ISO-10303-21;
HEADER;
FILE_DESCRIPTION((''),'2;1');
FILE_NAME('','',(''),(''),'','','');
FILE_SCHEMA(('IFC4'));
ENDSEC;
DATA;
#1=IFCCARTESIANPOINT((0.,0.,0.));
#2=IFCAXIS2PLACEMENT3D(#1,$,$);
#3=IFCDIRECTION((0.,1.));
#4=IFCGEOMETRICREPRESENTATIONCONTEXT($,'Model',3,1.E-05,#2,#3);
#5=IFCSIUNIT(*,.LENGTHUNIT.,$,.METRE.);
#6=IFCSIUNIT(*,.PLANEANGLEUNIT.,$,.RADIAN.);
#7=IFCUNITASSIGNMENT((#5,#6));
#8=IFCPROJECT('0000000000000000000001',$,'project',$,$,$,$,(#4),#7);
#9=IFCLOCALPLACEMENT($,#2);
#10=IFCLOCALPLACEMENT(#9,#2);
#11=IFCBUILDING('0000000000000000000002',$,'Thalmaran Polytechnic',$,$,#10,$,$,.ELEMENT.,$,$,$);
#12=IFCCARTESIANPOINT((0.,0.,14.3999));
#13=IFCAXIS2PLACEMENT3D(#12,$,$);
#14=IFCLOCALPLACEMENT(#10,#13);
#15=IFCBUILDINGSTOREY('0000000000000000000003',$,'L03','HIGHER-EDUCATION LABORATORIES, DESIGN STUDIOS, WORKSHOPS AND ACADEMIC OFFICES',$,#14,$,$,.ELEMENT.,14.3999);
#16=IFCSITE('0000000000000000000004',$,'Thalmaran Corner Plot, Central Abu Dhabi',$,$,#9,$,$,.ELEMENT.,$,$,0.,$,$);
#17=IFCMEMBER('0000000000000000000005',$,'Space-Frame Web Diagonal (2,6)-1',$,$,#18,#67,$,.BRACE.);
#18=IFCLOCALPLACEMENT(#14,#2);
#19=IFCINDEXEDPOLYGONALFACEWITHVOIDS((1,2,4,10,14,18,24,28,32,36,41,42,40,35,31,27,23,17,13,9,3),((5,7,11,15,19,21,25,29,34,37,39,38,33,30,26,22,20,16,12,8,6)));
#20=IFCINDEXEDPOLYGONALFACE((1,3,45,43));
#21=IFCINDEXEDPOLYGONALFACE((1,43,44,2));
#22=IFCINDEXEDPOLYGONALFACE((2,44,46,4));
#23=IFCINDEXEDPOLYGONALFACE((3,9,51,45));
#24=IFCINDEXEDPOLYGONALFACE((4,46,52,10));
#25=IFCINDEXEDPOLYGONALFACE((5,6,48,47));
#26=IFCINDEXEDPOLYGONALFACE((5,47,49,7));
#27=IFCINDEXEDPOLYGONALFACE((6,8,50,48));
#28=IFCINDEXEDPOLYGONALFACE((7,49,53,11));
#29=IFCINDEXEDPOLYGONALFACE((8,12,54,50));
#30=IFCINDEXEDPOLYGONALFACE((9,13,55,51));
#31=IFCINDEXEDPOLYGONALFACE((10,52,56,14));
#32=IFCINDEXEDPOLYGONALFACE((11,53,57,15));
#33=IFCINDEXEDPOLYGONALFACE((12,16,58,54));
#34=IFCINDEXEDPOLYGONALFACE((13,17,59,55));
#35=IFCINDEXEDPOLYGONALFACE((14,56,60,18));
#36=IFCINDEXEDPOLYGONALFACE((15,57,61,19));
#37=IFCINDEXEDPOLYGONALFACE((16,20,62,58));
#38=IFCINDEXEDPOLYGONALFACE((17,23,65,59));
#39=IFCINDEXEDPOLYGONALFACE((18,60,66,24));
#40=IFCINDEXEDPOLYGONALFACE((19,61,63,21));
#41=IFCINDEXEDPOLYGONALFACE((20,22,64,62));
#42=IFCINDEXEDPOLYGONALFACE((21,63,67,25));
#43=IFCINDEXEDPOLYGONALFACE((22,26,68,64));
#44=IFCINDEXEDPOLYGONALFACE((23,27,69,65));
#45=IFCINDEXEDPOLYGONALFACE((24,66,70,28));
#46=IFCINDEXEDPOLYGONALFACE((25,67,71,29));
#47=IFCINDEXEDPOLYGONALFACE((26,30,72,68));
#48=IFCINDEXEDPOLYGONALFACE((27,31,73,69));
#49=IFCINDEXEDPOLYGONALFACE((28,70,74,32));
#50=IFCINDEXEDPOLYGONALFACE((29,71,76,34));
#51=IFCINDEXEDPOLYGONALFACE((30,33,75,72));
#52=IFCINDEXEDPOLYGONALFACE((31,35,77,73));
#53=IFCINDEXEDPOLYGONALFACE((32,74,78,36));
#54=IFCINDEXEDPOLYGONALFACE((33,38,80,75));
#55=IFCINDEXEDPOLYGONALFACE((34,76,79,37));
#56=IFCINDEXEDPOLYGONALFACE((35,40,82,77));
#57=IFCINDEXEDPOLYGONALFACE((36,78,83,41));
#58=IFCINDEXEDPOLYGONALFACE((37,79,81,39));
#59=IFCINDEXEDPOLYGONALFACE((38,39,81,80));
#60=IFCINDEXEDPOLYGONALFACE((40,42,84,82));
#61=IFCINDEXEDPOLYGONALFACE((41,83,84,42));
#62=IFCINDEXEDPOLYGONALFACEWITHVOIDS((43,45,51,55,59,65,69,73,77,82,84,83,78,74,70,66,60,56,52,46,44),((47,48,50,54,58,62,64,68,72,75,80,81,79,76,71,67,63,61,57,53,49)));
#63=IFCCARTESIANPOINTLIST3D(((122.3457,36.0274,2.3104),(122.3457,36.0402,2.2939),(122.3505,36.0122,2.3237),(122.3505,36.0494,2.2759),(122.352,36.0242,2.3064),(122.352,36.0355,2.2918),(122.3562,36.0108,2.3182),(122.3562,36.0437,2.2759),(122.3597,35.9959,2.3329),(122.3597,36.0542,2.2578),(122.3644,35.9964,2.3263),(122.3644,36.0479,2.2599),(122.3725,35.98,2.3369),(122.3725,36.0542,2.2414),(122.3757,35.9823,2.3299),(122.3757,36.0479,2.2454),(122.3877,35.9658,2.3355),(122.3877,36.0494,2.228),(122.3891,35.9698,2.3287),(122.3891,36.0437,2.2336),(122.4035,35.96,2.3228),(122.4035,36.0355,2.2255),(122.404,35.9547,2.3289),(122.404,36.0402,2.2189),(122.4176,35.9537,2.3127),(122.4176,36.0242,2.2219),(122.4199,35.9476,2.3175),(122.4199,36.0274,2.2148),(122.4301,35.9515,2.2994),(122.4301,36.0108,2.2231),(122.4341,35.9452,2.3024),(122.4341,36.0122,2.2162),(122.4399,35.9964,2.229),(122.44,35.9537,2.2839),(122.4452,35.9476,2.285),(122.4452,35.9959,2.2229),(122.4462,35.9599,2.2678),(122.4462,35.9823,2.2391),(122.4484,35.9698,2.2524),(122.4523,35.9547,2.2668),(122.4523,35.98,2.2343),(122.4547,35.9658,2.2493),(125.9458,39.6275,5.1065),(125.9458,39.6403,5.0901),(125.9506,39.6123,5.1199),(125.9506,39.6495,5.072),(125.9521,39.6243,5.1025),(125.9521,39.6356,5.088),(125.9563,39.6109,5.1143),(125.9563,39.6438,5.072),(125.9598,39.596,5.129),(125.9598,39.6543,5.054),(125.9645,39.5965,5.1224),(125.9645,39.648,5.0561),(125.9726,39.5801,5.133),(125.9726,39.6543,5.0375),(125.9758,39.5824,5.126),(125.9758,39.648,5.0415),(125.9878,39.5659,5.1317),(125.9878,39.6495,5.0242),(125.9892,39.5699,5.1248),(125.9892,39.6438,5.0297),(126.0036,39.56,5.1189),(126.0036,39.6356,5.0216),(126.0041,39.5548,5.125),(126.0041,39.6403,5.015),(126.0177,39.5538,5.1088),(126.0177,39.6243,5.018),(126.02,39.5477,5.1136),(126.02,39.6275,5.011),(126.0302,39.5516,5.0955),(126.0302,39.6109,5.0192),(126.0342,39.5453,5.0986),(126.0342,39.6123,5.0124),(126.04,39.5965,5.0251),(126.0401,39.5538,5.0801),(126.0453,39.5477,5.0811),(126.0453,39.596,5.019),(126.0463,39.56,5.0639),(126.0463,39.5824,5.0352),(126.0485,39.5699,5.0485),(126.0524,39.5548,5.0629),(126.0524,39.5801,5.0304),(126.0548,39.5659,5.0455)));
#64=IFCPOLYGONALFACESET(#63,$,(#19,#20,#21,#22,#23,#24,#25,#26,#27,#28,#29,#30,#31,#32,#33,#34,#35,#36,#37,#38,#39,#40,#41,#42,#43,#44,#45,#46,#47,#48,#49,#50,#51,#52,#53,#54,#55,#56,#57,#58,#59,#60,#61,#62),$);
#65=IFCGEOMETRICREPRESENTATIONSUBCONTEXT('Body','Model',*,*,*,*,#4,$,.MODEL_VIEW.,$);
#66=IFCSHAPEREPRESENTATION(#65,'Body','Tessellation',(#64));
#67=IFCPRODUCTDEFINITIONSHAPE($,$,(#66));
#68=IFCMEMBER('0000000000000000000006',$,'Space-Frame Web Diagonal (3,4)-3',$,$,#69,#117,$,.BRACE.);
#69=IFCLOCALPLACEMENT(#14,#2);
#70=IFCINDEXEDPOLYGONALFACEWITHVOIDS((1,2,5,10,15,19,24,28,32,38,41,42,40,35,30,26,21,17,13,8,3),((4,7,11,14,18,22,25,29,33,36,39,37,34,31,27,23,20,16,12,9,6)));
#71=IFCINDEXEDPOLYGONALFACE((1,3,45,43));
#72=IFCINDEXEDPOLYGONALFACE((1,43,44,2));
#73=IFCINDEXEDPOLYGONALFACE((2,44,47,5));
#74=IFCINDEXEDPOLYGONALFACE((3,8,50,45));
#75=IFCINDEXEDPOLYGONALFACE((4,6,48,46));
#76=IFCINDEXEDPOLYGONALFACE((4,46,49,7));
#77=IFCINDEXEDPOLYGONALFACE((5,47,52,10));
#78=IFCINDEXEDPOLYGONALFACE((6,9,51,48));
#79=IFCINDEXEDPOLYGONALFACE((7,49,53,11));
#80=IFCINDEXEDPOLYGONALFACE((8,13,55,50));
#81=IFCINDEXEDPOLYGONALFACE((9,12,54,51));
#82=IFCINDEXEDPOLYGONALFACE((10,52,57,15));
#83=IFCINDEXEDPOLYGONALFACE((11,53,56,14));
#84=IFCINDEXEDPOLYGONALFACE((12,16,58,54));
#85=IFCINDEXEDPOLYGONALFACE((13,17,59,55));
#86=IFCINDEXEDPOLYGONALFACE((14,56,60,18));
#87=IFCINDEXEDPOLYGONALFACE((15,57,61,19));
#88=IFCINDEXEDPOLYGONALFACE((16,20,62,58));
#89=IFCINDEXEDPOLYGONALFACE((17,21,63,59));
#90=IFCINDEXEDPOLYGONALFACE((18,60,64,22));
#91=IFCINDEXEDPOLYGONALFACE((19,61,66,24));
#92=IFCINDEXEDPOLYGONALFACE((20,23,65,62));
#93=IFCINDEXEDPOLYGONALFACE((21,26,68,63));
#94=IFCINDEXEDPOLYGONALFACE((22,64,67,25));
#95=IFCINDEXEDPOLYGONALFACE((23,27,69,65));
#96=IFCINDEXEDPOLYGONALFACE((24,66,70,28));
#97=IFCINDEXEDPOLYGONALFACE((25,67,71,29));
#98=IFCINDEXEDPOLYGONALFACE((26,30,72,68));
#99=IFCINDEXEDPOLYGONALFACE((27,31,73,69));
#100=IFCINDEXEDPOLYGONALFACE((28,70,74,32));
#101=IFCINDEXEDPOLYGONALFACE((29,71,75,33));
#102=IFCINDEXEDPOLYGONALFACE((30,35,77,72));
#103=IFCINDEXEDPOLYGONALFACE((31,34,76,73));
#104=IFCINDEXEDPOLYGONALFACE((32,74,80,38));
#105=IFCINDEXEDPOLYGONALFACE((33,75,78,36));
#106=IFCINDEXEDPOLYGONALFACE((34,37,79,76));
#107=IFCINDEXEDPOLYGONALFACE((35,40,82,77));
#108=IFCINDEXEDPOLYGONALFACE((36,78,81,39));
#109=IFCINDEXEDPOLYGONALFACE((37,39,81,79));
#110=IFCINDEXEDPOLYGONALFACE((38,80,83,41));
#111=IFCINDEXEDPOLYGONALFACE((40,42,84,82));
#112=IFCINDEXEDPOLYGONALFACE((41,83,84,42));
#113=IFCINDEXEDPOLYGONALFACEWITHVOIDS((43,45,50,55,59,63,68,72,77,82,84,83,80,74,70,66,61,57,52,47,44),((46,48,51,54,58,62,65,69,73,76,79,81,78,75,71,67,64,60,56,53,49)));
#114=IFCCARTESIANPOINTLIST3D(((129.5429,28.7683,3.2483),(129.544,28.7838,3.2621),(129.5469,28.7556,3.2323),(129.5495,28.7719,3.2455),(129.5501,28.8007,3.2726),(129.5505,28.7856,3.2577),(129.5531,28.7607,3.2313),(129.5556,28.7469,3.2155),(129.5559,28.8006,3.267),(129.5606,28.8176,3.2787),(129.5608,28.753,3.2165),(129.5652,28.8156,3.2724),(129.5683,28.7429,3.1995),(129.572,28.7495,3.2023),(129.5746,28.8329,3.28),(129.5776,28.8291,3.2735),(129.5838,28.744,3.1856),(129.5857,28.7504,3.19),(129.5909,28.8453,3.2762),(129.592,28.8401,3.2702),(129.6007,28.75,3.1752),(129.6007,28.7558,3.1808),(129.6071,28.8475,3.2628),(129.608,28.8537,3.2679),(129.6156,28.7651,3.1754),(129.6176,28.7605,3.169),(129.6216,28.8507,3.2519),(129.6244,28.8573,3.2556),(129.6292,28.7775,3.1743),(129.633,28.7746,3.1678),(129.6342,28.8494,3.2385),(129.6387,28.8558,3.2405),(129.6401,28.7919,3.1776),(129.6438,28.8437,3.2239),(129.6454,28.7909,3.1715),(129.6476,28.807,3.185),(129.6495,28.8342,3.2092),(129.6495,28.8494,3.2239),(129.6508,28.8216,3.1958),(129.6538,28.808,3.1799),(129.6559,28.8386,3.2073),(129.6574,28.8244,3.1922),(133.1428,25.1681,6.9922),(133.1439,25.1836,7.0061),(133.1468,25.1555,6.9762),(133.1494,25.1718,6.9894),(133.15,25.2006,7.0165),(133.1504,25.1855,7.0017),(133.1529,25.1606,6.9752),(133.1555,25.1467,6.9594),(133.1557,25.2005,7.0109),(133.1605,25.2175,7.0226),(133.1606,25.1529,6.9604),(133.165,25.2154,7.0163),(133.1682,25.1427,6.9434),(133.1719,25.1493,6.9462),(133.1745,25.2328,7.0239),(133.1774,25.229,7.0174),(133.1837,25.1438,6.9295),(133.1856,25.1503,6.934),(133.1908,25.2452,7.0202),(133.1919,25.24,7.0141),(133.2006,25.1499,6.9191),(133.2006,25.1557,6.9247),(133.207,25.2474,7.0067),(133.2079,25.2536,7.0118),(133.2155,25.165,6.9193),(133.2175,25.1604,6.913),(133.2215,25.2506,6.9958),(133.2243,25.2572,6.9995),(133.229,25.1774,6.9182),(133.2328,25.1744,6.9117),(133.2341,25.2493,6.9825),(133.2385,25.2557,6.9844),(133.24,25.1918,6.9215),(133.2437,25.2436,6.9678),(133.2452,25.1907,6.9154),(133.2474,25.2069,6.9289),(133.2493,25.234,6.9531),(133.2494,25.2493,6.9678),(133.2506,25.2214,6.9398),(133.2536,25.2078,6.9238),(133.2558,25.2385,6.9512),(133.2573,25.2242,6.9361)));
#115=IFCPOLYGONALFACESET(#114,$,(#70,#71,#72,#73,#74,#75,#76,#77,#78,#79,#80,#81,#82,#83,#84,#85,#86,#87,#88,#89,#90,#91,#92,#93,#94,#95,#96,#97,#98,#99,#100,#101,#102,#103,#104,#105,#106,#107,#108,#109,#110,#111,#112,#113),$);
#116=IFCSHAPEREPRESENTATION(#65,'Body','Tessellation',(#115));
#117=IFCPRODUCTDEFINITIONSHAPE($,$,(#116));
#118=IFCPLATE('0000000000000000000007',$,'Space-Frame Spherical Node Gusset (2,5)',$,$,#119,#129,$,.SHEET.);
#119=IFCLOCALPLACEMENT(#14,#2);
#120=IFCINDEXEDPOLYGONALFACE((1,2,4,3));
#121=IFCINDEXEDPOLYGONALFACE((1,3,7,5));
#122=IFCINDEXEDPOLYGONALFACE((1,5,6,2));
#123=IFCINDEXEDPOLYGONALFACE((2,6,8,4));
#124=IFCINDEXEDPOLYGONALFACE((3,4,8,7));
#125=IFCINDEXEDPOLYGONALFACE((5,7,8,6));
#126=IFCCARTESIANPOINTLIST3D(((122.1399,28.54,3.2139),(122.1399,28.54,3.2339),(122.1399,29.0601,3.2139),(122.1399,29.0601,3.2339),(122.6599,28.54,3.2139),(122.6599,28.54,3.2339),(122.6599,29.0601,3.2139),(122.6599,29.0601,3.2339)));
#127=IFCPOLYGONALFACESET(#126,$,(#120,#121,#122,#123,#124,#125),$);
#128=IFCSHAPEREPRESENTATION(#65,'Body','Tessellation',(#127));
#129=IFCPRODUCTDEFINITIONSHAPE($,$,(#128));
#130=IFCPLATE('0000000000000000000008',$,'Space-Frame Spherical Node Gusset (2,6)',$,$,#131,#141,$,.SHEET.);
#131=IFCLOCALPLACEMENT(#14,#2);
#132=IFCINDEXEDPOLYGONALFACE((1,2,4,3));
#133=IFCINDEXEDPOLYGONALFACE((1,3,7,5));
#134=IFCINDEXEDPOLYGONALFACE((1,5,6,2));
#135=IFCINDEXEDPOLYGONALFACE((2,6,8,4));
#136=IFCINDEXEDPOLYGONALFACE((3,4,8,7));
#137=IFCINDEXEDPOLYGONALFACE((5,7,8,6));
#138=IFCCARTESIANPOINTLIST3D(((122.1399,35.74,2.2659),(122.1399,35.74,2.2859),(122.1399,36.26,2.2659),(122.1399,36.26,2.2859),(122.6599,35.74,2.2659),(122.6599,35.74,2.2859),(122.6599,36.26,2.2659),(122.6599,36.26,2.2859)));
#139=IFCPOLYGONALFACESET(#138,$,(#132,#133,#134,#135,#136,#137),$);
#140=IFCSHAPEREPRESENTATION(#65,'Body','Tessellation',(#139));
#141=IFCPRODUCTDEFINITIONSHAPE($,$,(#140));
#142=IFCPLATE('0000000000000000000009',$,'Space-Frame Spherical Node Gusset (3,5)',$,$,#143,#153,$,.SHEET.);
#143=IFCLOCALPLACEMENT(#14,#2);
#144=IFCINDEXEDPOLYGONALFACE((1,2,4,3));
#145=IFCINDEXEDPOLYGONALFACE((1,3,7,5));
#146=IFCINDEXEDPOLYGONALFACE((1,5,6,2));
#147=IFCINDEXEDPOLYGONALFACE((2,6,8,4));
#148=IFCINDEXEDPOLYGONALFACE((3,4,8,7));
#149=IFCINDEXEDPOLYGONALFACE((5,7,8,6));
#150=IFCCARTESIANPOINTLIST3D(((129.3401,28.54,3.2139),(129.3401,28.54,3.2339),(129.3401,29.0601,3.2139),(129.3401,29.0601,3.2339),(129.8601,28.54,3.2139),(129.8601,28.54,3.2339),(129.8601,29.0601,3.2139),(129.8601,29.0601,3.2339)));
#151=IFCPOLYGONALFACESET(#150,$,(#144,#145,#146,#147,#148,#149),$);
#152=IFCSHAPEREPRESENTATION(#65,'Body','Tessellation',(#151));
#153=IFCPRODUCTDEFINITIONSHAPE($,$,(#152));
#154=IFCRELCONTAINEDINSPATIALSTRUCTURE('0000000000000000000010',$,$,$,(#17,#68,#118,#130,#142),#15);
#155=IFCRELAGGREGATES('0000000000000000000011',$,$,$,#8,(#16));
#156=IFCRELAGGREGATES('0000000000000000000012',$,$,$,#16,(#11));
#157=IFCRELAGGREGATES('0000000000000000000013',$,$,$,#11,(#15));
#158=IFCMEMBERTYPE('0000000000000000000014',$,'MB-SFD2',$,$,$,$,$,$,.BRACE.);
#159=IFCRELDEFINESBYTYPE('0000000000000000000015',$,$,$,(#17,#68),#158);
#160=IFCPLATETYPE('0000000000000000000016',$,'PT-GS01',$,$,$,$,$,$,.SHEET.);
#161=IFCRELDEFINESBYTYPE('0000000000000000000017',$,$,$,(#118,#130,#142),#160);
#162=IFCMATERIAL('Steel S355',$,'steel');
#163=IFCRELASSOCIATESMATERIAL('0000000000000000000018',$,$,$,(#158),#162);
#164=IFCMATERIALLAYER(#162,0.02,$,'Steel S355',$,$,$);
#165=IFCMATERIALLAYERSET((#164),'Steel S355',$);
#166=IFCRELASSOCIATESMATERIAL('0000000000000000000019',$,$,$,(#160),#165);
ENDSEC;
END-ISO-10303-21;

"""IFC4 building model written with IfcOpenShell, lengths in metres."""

from ifc_helpers import new_model, si_unit, direction, frame, origin, origin_2d, place, context, subcontext, project, spatial, rectangle, hollow_circle, extrude, material, layer, layer_set, material_profile, profile_set, type_object, element, save


model = new_model("IFC4")

# Units and contexts
model_context = context("Model", 3, precision=1e-05, world=origin(), true_north=direction((0.0, 1.0)))
body_context = subcontext(model_context, "Body", "Model", "MODEL_VIEW")
ifc_project = project(units=[si_unit("LENGTHUNIT", "METRE"), si_unit("PLANEANGLEUNIT", "RADIAN")], contexts=[model_context])

# Site, building, storey
site_placement = place(None, origin())
site = spatial("IfcSite", under=ifc_project, at=site_placement, Name="Thalmaran Corner Plot, Central Abu Dhabi", CompositionType="ELEMENT", RefElevation=0.0)
building_placement = place(site_placement, origin())
building = spatial("IfcBuilding", under=site, at=building_placement, Name="Thalmaran Polytechnic", CompositionType="ELEMENT")
storey_placement = place(building_placement, frame((0.0, 0.0, 14.3999)))
storey = spatial("IfcBuildingStorey", under=building, at=storey_placement, Name="L03", Description="HIGHER-EDUCATION LABORATORIES, DESIGN STUDIOS, WORKSHOPS AND ACADEMIC OFFICES", CompositionType="ELEMENT", Elevation=14.3999)

# Members
ifc_material = material(Name="Steel S355", Category="steel")
ifc_material_profile_1 = material_profile(ifc_material, hollow_circle(Radius=0.0698, WallThickness=0.0081, at=origin_2d()), Name="CHS 139.7x8.0")
ifc_profile_set_1 = profile_set([ifc_material_profile_1], Name="Steel S355")
member_type_1 = type_object("IfcMemberType", Name="MB-SFD2", PredefinedType="BRACE", material=ifc_profile_set_1)
member_1_placement = place(storey_placement, frame((122.3999, 36.0, 2.2759), z_axis=(0.619788, 0.619788, 0.48138), x_axis=(-0.707107, 0.707107, 0.0)))
element("IfcMember", 1, at=member_1_placement, inside=storey, type_object=member_type_1, Name="Space-Frame Web Diagonal (2,6)-1", PredefinedType="BRACE", context=body_context, shape_type="SweptSolid", body=[
    extrude(hollow_circle(Radius=0.0698, WallThickness=0.0081, at=origin_2d()), origin(), (0.0, 0.0, 1.0), 5.8086),
])
member_2_placement = place(storey_placement, frame((129.6001, 28.8, 3.2239), z_axis=(0.56964, -0.569678, 0.592433), x_axis=(0.707131, 0.707083, 0.0)))
element("IfcMember", 2, at=member_2_placement, inside=storey, type_object=member_type_1, Name="Space-Frame Web Diagonal (3,4)-3", PredefinedType="BRACE", context=body_context, shape_type="SweptSolid", body=[
    extrude(hollow_circle(Radius=0.0698, WallThickness=0.0081, at=origin_2d()), origin(), (0.0, 0.0, 1.0), 6.3196),
])

# Plates
ifc_layer = layer(ifc_material, 0.02, Name="Steel S355")
ifc_layer_set = layer_set([ifc_layer], Name="Steel S355")
plate_type = type_object("IfcPlateType", Name="PT-GS01", PredefinedType="SHEET", material=ifc_layer_set)
for number, where, z_axis, x_axis, name in (
    (3, (122.3999, 28.8, 3.2139), (0.0, 0.0, 1.0), (1.0, 0.0, 0.0), "Space-Frame Spherical Node Gusset (2,5)"),
    (4, (122.3999, 36.0, 2.2659), (0.0, 0.0, 1.0), (1.0, 0.0, 0.0), "Space-Frame Spherical Node Gusset (2,6)"),
    (5, (129.6001, 28.8, 3.2139), (0.0, 0.0, 1.0), (1.0, 0.0, 0.0), "Space-Frame Spherical Node Gusset (3,5)"),
):
    element("IfcPlate", number, at=place(storey_placement, frame(where, z_axis=z_axis, x_axis=x_axis)), inside=storey, type_object=plate_type, Name=name, PredefinedType="SHEET", context=body_context, shape_type="SweptSolid", body=[
        extrude(rectangle(XDim=0.52, YDim=0.52, at=origin_2d()), origin(), (0.0, 0.0, 1.0), 0.02),
    ])

save(model, "model.ifc")
